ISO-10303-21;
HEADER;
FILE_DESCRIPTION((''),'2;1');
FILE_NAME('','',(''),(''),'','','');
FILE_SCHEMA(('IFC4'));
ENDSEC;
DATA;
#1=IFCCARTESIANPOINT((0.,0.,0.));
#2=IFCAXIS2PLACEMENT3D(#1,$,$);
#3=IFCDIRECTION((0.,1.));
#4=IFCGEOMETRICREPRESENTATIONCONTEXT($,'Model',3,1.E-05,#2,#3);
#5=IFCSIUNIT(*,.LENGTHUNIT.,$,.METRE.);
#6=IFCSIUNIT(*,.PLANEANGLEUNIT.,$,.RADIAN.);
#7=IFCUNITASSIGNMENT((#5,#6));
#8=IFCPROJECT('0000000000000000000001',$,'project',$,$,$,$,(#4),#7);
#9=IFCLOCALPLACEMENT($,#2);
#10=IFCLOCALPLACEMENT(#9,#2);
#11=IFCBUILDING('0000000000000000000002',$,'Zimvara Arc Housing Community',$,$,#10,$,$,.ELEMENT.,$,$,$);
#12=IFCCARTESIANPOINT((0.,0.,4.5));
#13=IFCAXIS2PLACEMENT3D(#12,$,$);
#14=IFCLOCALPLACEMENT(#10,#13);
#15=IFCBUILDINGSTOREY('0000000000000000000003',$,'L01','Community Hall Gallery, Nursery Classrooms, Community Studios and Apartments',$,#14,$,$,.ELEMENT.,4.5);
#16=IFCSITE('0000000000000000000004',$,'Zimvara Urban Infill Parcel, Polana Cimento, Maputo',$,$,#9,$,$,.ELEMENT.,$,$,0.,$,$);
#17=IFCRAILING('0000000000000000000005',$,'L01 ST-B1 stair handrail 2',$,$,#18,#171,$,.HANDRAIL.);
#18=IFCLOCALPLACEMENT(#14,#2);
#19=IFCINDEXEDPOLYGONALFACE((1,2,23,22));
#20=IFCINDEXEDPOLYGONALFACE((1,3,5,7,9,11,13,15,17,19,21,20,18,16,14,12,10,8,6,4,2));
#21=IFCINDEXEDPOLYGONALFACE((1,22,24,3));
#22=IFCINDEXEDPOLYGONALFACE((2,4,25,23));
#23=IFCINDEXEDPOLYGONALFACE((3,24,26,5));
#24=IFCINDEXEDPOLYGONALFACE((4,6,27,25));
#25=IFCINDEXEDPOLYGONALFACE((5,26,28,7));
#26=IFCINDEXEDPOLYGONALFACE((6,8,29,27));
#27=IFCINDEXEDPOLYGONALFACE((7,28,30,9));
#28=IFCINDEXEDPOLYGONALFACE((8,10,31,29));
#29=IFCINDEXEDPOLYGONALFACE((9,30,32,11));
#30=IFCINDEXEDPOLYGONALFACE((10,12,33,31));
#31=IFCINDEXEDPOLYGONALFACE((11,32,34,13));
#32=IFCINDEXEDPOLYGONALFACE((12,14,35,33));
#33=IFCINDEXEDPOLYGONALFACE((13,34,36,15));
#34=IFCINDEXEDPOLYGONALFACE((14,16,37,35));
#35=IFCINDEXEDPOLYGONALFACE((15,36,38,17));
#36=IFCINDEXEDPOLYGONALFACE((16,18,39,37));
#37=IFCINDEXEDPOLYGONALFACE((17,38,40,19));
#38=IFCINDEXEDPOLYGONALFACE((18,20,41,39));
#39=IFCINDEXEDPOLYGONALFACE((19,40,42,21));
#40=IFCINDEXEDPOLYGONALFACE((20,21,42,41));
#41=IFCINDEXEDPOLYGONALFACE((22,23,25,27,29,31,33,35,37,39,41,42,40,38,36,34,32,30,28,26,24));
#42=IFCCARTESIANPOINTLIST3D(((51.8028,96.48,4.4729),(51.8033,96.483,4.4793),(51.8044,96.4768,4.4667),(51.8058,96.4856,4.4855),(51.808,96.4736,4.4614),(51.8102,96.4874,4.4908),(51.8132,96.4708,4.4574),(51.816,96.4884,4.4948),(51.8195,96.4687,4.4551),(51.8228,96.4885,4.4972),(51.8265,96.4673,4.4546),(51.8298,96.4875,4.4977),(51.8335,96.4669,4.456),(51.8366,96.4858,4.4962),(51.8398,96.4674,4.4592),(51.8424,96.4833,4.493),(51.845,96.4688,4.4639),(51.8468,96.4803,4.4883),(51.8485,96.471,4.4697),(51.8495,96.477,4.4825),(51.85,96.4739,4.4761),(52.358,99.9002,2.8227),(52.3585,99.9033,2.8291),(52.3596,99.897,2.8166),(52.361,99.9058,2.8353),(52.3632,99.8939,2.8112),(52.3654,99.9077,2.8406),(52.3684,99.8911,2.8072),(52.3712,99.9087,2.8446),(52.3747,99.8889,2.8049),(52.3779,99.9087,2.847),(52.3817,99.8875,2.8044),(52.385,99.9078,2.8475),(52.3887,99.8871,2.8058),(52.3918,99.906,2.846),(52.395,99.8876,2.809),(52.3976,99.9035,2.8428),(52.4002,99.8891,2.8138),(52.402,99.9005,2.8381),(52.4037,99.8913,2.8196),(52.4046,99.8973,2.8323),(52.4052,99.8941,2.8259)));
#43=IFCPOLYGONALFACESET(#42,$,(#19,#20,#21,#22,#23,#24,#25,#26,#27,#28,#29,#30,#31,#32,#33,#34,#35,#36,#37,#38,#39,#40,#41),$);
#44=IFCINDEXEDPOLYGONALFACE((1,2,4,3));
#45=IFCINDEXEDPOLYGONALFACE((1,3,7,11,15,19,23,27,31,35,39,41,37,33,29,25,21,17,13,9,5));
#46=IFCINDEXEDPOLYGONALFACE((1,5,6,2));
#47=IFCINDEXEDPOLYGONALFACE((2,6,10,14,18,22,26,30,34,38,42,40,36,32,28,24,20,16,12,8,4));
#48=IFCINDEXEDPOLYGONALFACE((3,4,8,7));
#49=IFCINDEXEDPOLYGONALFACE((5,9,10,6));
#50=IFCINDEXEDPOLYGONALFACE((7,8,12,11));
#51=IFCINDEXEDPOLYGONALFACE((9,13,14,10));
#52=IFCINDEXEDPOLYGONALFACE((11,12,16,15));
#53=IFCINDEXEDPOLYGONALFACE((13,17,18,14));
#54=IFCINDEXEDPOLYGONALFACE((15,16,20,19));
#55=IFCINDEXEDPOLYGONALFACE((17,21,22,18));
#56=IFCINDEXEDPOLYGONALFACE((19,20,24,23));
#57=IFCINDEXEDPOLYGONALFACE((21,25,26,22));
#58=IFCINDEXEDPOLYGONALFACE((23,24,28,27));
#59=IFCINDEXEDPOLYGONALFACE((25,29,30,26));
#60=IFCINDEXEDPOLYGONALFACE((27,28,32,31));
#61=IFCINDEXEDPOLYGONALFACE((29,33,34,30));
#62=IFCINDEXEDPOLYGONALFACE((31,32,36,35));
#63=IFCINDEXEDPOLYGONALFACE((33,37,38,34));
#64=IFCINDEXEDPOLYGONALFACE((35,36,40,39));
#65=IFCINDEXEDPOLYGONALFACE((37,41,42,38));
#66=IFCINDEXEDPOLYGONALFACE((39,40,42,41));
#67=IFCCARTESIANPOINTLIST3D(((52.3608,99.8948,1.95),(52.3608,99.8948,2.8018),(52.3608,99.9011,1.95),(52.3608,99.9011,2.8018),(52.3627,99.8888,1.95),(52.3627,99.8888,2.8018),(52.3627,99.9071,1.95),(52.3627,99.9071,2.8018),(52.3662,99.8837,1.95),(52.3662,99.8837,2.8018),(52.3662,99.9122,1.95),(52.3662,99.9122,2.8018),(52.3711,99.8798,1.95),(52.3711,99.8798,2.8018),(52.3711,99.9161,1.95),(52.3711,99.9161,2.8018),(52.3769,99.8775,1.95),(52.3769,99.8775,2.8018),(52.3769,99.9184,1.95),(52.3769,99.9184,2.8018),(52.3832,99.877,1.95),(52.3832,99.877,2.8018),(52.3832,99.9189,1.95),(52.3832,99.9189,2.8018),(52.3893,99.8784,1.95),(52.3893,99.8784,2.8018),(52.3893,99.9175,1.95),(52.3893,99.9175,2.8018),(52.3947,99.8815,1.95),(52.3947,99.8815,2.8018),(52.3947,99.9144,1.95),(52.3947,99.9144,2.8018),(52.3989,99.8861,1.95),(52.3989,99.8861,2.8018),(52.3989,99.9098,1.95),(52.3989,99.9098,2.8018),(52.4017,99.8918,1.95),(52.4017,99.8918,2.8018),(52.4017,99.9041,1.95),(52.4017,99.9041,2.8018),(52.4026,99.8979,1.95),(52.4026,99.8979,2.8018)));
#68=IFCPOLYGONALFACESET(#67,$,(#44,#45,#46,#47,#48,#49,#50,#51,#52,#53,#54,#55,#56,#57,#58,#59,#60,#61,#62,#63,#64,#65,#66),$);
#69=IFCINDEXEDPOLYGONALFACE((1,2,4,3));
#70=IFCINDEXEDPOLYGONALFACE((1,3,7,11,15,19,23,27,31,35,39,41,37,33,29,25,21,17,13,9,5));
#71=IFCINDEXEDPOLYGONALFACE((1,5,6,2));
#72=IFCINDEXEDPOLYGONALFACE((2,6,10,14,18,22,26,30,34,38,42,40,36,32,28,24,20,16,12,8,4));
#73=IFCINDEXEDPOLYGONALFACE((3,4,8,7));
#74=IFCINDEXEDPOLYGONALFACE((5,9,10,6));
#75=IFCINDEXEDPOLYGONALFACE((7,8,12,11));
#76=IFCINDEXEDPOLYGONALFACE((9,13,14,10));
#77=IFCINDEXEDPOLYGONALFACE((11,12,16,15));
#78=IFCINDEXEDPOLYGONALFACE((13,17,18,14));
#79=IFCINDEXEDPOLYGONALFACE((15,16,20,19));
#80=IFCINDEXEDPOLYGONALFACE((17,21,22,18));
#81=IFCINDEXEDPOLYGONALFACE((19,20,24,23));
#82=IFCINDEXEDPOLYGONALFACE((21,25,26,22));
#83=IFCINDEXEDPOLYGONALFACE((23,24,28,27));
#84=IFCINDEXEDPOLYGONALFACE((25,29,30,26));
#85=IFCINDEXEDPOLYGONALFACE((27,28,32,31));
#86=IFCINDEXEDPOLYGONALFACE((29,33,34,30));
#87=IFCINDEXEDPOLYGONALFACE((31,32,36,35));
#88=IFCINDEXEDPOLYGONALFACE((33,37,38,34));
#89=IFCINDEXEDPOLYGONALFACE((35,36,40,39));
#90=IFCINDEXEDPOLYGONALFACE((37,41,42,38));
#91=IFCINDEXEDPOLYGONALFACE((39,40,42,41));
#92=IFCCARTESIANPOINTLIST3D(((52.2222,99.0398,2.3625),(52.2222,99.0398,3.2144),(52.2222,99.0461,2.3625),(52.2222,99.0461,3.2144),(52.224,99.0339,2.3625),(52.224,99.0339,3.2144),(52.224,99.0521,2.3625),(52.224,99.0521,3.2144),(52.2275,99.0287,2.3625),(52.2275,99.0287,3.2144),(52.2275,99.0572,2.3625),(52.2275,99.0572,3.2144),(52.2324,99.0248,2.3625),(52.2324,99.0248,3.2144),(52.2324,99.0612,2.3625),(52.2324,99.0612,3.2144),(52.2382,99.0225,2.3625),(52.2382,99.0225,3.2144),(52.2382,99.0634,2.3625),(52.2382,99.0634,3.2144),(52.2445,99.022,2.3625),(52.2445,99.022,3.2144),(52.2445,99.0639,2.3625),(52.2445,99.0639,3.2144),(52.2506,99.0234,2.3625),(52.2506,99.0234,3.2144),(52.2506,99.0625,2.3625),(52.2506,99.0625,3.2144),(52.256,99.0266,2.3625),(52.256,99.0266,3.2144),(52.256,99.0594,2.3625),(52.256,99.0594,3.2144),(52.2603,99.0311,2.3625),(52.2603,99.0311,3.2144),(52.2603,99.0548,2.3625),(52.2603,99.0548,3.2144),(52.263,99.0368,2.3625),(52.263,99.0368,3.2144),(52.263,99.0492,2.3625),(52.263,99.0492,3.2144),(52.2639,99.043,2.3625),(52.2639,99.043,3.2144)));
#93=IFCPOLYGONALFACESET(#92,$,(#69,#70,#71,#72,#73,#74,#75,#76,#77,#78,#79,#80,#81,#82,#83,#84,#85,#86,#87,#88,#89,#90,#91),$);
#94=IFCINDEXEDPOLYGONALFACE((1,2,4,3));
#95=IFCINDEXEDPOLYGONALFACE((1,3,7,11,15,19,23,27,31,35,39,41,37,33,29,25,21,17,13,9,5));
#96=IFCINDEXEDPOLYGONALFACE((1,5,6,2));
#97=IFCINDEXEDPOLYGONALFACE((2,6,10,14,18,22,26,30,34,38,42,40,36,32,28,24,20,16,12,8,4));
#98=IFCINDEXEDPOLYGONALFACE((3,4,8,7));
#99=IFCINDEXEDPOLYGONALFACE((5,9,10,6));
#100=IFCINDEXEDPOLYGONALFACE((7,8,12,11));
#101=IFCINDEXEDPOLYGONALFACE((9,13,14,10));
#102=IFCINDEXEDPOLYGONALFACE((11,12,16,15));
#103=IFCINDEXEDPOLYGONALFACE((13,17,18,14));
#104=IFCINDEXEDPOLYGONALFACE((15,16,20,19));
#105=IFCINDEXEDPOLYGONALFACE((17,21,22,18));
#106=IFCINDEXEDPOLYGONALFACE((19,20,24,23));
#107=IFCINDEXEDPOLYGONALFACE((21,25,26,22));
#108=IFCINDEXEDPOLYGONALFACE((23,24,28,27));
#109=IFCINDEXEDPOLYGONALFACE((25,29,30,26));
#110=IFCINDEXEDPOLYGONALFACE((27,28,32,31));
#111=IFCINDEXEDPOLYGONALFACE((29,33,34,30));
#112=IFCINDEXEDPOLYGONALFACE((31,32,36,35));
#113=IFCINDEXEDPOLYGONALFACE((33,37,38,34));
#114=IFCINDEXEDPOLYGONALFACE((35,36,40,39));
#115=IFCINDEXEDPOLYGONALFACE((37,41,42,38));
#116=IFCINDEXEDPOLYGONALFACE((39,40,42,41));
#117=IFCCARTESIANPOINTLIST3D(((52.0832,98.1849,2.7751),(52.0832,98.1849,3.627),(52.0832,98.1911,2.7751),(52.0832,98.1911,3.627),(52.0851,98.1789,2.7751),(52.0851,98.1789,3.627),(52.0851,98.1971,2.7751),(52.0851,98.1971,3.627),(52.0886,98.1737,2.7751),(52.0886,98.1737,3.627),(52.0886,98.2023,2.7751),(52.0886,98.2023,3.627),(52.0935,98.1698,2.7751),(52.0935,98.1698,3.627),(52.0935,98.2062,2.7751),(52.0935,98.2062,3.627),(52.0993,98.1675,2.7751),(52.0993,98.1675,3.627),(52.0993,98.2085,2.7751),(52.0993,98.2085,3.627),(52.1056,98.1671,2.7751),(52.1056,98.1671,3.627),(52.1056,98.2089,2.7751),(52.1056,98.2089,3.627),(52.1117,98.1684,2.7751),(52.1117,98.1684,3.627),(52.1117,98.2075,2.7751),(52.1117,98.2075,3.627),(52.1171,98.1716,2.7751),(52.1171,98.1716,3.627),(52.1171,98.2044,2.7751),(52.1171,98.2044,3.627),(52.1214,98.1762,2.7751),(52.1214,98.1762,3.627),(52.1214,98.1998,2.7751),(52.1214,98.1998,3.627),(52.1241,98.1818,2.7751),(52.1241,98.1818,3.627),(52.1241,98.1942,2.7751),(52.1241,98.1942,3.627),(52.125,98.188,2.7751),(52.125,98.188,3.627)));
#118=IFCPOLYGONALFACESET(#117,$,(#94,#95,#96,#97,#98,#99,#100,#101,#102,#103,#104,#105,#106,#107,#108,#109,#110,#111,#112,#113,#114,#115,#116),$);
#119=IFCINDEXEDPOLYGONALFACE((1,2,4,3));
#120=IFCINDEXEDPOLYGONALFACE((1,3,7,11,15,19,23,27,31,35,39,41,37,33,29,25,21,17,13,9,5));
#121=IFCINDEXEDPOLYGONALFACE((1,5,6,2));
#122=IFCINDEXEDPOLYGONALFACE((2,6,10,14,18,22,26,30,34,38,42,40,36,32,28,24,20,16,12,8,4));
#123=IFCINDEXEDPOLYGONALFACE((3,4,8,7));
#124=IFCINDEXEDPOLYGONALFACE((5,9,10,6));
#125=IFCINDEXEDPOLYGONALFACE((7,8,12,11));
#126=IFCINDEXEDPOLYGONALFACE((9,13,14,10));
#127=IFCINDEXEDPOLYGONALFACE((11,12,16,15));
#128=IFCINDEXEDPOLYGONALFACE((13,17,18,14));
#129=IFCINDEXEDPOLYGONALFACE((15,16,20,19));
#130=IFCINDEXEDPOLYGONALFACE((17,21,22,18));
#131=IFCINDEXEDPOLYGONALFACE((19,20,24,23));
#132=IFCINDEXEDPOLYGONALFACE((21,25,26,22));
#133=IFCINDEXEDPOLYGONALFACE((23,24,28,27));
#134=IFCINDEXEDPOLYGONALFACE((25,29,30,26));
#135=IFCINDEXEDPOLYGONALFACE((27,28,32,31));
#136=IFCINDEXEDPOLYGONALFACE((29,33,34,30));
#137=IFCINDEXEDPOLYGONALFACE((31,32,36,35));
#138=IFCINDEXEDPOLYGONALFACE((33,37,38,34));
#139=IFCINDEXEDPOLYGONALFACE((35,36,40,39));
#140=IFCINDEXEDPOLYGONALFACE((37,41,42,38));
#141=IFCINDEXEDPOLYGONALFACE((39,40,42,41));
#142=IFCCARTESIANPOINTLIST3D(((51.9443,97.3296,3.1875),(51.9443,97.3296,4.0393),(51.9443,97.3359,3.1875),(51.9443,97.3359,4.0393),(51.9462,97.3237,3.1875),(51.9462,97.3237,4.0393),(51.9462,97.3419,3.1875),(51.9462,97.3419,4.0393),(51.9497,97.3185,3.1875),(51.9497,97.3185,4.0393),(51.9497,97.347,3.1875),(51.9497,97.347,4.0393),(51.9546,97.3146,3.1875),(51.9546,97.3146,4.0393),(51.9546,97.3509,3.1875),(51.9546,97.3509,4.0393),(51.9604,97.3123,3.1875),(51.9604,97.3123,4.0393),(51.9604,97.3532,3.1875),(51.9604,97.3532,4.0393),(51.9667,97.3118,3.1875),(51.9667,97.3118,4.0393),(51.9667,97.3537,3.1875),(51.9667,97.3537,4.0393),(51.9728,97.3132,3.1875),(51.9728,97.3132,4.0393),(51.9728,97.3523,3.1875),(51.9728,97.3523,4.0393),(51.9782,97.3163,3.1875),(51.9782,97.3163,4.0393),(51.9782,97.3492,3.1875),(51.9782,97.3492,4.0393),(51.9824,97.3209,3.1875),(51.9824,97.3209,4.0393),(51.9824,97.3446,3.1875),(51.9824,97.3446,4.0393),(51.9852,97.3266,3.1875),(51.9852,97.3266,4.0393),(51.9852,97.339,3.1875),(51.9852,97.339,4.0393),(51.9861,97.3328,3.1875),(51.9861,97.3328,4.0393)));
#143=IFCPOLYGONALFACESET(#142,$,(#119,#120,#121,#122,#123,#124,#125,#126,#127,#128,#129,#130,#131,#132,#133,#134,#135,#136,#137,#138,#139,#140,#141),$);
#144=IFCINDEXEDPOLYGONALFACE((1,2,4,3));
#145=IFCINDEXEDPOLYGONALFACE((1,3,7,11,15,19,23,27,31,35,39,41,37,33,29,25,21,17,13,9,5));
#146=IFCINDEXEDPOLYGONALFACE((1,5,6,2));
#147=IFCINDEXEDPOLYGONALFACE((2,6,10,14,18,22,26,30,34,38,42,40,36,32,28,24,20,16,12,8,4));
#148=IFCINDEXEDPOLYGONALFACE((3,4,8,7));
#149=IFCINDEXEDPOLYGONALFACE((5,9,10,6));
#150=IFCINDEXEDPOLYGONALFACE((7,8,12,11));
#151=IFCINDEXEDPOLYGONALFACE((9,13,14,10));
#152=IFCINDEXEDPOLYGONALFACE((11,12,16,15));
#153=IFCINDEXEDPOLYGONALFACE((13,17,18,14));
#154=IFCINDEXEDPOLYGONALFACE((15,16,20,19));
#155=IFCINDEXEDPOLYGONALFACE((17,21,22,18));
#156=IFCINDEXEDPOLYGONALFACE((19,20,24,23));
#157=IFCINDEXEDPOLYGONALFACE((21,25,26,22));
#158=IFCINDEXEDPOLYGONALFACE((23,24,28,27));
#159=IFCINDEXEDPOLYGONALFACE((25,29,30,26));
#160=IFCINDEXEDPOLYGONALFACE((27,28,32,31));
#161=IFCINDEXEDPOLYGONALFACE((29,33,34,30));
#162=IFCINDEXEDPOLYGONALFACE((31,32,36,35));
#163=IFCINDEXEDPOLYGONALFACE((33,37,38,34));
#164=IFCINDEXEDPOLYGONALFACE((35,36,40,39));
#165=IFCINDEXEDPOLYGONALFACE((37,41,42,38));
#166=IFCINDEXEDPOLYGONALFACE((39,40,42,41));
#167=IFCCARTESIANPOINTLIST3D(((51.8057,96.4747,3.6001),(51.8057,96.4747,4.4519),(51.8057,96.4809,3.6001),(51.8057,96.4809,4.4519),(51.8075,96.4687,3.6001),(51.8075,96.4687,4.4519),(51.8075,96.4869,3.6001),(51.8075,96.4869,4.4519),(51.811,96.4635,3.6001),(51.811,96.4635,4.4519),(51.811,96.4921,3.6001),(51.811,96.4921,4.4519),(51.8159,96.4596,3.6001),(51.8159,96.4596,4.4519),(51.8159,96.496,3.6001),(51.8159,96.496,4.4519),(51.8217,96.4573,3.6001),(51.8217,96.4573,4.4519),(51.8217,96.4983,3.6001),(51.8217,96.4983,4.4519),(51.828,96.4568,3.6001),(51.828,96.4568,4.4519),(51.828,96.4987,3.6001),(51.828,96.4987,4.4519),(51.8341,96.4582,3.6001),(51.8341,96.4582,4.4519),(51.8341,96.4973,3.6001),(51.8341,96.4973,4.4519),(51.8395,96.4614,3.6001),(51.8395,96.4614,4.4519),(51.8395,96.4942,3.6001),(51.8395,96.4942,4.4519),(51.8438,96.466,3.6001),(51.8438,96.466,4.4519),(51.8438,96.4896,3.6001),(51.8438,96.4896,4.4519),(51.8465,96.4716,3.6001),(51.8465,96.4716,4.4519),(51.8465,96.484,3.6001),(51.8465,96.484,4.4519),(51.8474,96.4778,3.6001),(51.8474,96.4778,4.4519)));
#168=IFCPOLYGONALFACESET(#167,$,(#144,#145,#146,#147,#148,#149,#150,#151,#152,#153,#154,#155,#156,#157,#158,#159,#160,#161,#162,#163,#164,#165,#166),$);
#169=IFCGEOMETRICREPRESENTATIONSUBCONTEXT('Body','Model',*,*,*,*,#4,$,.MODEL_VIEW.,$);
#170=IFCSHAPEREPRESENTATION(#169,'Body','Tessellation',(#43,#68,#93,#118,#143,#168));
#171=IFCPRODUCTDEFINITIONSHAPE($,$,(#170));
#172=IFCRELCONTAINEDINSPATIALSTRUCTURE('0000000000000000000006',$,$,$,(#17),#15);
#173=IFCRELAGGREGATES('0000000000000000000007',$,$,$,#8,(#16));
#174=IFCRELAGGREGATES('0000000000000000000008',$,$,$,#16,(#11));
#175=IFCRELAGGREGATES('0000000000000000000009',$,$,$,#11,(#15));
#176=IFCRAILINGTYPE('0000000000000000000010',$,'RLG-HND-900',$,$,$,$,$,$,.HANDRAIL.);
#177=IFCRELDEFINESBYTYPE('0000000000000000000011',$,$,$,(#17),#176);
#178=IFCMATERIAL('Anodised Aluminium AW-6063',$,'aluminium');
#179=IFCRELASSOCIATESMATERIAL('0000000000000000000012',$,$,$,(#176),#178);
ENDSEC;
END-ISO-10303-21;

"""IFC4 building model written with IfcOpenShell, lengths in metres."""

from ifc_helpers import new_model, si_unit, direction, frame, origin, origin_2d, place, context, subcontext, project, spatial, circle, extrude, material, type_object, element, save


model = new_model("IFC4")

# Units and contexts
model_context = context("Model", 3, precision=1e-05, world=origin(), true_north=direction((0.0, 1.0)))
body_context = subcontext(model_context, "Body", "Model", "MODEL_VIEW")
ifc_project = project(units=[si_unit("LENGTHUNIT", "METRE"), si_unit("PLANEANGLEUNIT", "RADIAN")], contexts=[model_context])

# Site, building, storey
site_placement = place(None, origin())
site = spatial("IfcSite", under=ifc_project, at=site_placement, Name="Zimvara Urban Infill Parcel, Polana Cimento, Maputo", CompositionType="ELEMENT", RefElevation=0.0)
building_placement = place(site_placement, origin())
building = spatial("IfcBuilding", under=site, at=building_placement, Name="Zimvara Arc Housing Community", CompositionType="ELEMENT")
storey_placement = place(building_placement, frame((0.0, 0.0, 4.5)))
storey = spatial("IfcBuildingStorey", under=building, at=storey_placement, Name="L01", Description="Community Hall Gallery, Nursery Classrooms, Community Studios and Apartments", CompositionType="ELEMENT", Elevation=4.5)

# Railing
ifc_material_1 = material(Name="Anodised Aluminium AW-6063", Category="aluminium")
railing_type_1 = type_object("IfcRailingType", Name="RLG-HND-900", PredefinedType="HANDRAIL", material=ifc_material_1)
railing_1_placement = place(storey_placement, frame((52.3816, 99.8979, 1.95)))
element("IfcRailing", 1, at=railing_1_placement, inside=storey, type_object=railing_type_1, Name="L01 ST-B1 stair handrail 2", PredefinedType="HANDRAIL", context=body_context, shape_type="SweptSolid", body=[
    extrude(circle(Radius=0.0239, at=origin_2d()), frame((0.0, 0.0, 0.876), z_axis=(-0.14466, -0.891178, 0.429972), x_axis=(0.98708, -0.160227, 0.0)), (0.0, 0.0, 1.0), 3.8379),
    extrude(circle(Radius=0.021, at=origin_2d()), origin(), (0.0, 0.0, 1.0), 0.8518),
    extrude(circle(Radius=0.021, at=origin_2d()), frame((-0.1387, -0.855, 0.4126)), (0.0, 0.0, 1.0), 0.8518),
    extrude(circle(Radius=0.021, at=origin_2d()), frame((-0.2776, -1.71, 0.8252)), (0.0, 0.0, 1.0), 0.8518),
    extrude(circle(Radius=0.021, at=origin_2d()), frame((-0.4165, -2.5652, 1.2375)), (0.0, 0.0, 1.0), 0.8518),
    extrude(circle(Radius=0.021, at=origin_2d()), frame((-0.5552, -3.4202, 1.6501)), (0.0, 0.0, 1.0), 0.8518),
])

save(model, "model.ifc")
